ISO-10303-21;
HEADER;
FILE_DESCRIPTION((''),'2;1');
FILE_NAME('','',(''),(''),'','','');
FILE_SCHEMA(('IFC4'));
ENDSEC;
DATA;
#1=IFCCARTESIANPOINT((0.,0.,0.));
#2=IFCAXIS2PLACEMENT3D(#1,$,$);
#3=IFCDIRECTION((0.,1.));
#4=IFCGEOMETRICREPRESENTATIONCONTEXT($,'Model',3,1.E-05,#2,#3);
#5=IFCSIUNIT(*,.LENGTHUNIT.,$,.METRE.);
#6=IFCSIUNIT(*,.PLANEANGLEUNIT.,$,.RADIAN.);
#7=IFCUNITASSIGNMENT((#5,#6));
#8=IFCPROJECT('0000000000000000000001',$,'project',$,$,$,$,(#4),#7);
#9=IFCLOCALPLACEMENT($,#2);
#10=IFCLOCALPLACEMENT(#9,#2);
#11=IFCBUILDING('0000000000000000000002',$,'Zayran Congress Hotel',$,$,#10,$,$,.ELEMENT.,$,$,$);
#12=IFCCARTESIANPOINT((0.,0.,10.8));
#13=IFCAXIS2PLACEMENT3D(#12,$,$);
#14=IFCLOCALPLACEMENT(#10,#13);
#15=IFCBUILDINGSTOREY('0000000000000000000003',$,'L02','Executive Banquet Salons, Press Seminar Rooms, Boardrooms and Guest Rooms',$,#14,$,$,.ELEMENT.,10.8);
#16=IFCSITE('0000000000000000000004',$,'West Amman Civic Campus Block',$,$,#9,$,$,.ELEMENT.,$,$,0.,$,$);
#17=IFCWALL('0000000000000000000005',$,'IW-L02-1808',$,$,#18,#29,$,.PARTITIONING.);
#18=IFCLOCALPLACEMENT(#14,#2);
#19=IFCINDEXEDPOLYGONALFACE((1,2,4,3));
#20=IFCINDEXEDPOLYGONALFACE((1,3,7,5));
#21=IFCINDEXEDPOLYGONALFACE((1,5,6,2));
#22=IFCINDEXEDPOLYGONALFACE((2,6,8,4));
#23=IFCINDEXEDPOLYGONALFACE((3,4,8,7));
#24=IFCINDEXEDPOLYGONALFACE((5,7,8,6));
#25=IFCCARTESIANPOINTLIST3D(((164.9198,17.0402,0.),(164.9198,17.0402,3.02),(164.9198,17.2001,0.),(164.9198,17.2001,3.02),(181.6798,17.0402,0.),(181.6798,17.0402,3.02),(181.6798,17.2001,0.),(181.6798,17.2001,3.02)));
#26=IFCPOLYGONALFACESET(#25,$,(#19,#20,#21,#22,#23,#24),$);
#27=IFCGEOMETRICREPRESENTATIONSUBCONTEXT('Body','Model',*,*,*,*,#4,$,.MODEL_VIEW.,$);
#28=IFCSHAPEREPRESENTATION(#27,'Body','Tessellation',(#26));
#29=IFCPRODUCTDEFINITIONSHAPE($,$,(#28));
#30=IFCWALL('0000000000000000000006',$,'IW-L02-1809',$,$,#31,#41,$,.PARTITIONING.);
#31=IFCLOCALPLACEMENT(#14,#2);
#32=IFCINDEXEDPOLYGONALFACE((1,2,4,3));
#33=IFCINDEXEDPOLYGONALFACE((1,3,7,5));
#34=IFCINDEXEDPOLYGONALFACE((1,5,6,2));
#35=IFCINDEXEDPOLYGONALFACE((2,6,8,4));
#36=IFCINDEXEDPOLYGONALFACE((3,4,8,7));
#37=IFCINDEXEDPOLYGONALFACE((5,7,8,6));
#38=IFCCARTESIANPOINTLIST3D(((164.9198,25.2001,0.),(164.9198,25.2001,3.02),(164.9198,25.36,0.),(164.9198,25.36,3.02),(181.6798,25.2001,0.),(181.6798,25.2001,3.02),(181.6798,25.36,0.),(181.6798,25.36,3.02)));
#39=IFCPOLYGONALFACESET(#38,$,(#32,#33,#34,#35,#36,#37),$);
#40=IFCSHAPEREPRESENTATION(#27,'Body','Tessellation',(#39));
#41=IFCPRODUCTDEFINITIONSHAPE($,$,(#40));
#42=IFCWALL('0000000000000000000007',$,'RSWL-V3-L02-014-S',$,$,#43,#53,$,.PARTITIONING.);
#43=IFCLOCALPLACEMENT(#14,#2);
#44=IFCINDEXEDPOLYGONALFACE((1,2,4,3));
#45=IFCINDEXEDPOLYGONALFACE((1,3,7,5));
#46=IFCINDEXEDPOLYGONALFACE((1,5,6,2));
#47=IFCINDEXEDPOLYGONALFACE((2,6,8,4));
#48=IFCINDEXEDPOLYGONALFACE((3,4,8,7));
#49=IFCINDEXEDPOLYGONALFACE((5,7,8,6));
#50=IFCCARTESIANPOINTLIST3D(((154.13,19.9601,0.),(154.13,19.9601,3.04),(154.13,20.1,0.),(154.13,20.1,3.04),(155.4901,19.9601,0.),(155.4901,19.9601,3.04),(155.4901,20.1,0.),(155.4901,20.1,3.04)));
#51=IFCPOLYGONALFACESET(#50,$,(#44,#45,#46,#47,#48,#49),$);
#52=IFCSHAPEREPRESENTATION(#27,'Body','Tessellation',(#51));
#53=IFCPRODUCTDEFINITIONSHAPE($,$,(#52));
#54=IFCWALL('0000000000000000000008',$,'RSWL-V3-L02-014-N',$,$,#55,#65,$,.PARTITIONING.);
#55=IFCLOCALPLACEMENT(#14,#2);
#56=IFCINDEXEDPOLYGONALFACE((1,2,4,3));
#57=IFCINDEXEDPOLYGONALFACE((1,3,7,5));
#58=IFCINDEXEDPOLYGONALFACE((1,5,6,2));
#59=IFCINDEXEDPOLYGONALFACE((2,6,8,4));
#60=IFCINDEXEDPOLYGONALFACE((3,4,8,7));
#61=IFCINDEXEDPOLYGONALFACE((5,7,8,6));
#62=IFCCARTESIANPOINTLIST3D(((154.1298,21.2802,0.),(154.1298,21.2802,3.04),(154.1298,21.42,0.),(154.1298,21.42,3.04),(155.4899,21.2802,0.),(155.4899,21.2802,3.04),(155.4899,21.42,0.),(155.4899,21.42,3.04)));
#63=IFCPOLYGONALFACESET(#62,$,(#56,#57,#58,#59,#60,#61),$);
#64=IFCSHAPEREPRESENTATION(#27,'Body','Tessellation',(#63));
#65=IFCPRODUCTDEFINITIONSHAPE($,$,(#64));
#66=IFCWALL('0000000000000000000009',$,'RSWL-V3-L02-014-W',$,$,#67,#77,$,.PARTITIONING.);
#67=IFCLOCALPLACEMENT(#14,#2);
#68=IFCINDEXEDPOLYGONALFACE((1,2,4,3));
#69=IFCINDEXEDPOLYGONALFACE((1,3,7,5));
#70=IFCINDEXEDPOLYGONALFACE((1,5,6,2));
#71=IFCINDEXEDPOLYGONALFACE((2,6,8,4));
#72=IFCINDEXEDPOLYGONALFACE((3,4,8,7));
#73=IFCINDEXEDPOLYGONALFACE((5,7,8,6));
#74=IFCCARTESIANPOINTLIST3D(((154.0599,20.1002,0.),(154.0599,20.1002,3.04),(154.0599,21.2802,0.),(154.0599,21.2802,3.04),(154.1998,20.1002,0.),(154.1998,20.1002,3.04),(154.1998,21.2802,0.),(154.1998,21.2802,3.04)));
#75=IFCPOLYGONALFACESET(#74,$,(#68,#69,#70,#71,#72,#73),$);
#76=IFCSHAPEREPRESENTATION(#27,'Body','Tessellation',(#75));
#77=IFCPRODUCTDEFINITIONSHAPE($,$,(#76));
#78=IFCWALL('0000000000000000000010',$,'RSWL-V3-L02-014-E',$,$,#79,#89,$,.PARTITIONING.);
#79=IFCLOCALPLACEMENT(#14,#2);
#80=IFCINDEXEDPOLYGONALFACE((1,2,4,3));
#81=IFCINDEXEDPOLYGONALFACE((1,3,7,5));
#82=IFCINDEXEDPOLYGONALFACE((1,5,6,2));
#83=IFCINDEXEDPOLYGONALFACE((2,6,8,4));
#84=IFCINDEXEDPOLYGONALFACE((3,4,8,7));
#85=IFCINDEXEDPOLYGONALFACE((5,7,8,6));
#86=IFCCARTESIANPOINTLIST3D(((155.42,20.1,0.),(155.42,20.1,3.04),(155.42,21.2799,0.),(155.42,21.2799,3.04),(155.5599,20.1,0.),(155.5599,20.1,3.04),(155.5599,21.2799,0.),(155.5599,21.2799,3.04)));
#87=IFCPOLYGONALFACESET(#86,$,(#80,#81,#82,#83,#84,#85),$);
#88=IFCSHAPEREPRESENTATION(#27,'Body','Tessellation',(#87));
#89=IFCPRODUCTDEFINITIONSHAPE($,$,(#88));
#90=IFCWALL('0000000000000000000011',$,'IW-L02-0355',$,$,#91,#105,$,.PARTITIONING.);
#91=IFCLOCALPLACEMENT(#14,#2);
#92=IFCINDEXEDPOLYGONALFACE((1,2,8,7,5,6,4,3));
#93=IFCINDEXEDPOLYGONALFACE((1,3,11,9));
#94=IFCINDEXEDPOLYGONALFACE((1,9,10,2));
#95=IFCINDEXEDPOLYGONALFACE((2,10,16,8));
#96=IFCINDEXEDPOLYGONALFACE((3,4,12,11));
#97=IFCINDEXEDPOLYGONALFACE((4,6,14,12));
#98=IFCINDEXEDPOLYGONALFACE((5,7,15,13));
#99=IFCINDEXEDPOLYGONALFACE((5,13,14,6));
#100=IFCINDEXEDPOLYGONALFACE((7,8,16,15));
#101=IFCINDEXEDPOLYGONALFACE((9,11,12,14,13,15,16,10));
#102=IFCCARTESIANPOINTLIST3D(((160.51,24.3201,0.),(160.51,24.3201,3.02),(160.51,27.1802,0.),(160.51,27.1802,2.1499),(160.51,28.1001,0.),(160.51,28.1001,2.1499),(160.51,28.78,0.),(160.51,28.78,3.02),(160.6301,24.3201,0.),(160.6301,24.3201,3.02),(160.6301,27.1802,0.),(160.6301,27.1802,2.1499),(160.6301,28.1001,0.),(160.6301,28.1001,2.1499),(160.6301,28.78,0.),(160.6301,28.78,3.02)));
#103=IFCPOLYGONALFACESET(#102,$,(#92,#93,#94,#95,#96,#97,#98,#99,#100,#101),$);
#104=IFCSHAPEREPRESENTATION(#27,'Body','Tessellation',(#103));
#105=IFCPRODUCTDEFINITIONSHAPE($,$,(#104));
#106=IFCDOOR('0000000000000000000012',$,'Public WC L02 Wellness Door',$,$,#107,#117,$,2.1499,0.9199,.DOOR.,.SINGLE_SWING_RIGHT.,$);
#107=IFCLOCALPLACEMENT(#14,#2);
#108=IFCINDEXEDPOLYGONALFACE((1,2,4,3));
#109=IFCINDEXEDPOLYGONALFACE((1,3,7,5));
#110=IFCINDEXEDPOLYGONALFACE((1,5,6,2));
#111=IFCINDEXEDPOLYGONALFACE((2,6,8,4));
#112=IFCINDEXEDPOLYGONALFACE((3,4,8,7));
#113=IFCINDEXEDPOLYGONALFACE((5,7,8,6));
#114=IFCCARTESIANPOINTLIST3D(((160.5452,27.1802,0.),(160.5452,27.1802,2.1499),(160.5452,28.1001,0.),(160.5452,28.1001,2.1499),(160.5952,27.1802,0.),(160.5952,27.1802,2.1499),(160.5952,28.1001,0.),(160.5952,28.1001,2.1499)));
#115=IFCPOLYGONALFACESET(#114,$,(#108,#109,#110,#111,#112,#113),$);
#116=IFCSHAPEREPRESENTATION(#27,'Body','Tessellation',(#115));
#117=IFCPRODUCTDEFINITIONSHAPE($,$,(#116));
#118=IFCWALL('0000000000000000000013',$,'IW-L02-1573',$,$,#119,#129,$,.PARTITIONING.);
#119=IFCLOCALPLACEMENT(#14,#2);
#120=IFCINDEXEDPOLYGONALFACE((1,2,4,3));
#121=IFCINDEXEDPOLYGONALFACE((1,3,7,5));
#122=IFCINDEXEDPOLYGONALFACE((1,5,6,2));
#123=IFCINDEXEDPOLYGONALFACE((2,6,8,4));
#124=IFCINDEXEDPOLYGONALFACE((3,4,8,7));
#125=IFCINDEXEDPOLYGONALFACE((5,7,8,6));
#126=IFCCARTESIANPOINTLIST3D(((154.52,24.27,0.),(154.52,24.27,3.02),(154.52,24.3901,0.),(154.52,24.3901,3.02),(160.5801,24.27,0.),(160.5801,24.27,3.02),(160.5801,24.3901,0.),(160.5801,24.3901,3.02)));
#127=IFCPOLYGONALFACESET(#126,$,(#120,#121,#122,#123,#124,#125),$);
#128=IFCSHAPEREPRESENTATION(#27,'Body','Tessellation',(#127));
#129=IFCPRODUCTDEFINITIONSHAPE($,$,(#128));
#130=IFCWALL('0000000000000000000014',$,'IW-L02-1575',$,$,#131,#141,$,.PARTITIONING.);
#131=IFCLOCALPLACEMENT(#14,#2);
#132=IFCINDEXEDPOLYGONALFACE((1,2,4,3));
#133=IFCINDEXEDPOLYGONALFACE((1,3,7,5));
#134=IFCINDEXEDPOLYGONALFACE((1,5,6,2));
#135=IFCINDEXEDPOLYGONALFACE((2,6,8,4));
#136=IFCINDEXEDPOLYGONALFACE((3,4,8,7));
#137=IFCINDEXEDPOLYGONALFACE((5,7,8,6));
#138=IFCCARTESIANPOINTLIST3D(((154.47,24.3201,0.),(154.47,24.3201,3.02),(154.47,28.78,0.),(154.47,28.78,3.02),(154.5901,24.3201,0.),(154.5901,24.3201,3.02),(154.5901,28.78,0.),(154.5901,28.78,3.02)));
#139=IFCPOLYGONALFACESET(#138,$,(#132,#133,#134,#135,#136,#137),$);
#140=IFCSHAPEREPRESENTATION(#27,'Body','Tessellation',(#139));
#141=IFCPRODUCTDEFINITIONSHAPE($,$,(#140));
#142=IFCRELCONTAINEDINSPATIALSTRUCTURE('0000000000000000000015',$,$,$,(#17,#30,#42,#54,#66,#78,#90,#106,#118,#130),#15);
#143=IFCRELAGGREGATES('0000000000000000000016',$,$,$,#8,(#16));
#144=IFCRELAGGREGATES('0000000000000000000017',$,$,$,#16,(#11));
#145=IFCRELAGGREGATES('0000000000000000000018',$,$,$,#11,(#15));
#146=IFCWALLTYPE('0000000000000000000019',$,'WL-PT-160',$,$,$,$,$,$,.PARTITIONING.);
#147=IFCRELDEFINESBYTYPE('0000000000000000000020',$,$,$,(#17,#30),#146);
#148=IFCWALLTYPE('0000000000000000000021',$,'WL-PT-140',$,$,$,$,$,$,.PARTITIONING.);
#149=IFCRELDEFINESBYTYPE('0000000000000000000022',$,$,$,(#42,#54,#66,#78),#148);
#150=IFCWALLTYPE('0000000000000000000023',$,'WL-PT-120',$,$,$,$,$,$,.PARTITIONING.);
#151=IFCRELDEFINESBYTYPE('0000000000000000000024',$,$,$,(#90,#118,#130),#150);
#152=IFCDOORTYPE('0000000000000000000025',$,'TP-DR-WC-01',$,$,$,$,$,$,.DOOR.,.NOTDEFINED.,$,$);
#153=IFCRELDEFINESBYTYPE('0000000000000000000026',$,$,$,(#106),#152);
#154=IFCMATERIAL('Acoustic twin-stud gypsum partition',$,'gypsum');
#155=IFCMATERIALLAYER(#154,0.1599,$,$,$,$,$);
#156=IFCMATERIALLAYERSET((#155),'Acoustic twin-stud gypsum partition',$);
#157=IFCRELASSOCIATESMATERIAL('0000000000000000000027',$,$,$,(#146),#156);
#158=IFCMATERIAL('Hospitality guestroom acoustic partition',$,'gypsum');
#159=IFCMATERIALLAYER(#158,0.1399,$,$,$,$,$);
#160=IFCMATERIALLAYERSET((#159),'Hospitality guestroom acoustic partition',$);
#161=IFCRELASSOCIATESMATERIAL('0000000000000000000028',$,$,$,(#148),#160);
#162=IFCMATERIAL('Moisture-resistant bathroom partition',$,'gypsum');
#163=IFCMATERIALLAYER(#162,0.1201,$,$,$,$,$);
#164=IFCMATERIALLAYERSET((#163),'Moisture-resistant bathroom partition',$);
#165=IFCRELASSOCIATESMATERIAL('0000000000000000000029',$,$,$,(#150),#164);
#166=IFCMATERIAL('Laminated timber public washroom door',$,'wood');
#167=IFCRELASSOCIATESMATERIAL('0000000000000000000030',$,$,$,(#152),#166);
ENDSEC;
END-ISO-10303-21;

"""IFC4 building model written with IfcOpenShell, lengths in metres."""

from ifc_helpers import new_model, si_unit, direction, frame, frame_2d, origin, place, context, subcontext, project, spatial, rectangle, extrude, material, layer, layer_set, type_object, element, fill, save


model = new_model("IFC4")

# Units and contexts
model_context = context("Model", 3, precision=1e-05, world=origin(), true_north=direction((0.0, 1.0)))
body_context = subcontext(model_context, "Body", "Model", "MODEL_VIEW")
ifc_project = project(units=[si_unit("LENGTHUNIT", "METRE"), si_unit("PLANEANGLEUNIT", "RADIAN")], contexts=[model_context])

# Site, building, storey
site_placement = place(None, origin())
site = spatial("IfcSite", under=ifc_project, at=site_placement, Name="West Amman Civic Campus Block", CompositionType="ELEMENT", RefElevation=0.0)
building_placement = place(site_placement, origin())
building = spatial("IfcBuilding", under=site, at=building_placement, Name="Zayran Congress Hotel", CompositionType="ELEMENT")
storey_placement = place(building_placement, frame((0.0, 0.0, 10.8)))
storey = spatial("IfcBuildingStorey", under=building, at=storey_placement, Name="L02", Description="Executive Banquet Salons, Press Seminar Rooms, Boardrooms and Guest Rooms", CompositionType="ELEMENT", Elevation=10.8)

# Shared definitions
ifc_material_1 = material(Name="Acoustic twin-stud gypsum partition", Category="gypsum")
ifc_layer_1 = layer(ifc_material_1, 0.1599)
ifc_layer_set_1 = layer_set([ifc_layer_1], Name="Acoustic twin-stud gypsum partition")
wall_type_1 = type_object("IfcWallType", Name="WL-PT-160", PredefinedType="PARTITIONING", material=ifc_layer_set_1)

# Walls
for number, where, z_axis, x_axis, name in (
    (1, (164.9199, 17.1201, 0.0), (0.0, 0.0, 1.0), (1.0, 0.0, 0.0), "IW-L02-1808"),
    (2, (164.9199, 25.28, 0.0), (0.0, 0.0, 1.0), (1.0, 0.0, 0.0), "IW-L02-1809"),
):
    element("IfcWall", number, at=place(storey_placement, frame(where, z_axis=z_axis, x_axis=x_axis)), inside=storey, type_object=wall_type_1, Name=name, PredefinedType="PARTITIONING", context=body_context, shape_type="SweptSolid", body=[
        extrude(rectangle(XDim=16.76, YDim=0.1599, at=frame_2d((8.3799, 0.0))), origin(), (0.0, 0.0, 1.0), 3.02),
    ])
ifc_material_2 = material(Name="Hospitality guestroom acoustic partition", Category="gypsum")
ifc_layer_2 = layer(ifc_material_2, 0.1399)
ifc_layer_set_2 = layer_set([ifc_layer_2], Name="Hospitality guestroom acoustic partition")
wall_type_2 = type_object("IfcWallType", Name="WL-PT-140", PredefinedType="PARTITIONING", material=ifc_layer_set_2)
for number, where, z_axis, x_axis, name in (
    (3, (154.1299, 20.03, 0.0), (0.0, 0.0, 1.0), (1.0, 0.0, 0.0), "RSWL-V3-L02-014-S"),
    (4, (155.49, 21.3501, 0.0), (0.0, 0.0, 1.0), (-1.0, 0.0, 0.0), "RSWL-V3-L02-014-N"),
):
    element("IfcWall", number, at=place(storey_placement, frame(where, z_axis=z_axis, x_axis=x_axis)), inside=storey, type_object=wall_type_2, Name=name, PredefinedType="PARTITIONING", context=body_context, shape_type="SweptSolid", body=[
        extrude(rectangle(XDim=1.3601, YDim=0.1399, at=frame_2d((0.6802, 0.0))), origin(), (0.0, 0.0, 1.0), 3.04),
    ])
for number, where, z_axis, x_axis, name in (
    (5, (154.1299, 21.28, 0.0), (0.0, 0.0, 1.0), (0.0, -1.0, 0.0), "RSWL-V3-L02-014-W"),
    (6, (155.49, 20.1001, 0.0), (0.0, 0.0, 1.0), (0.0, 1.0, 0.0), "RSWL-V3-L02-014-E"),
):
    element("IfcWall", number, at=place(storey_placement, frame(where, z_axis=z_axis, x_axis=x_axis)), inside=storey, type_object=wall_type_2, Name=name, PredefinedType="PARTITIONING", context=body_context, shape_type="SweptSolid", body=[
        extrude(rectangle(XDim=1.1799, YDim=0.1399, at=frame_2d((0.5898, 0.0))), origin(), (0.0, 0.0, 1.0), 3.04),
    ])

# Wall, opening, door
ifc_material_3 = material(Name="Moisture-resistant bathroom partition", Category="gypsum")
ifc_layer_3 = layer(ifc_material_3, 0.1201)
ifc_layer_set_3 = layer_set([ifc_layer_3], Name="Moisture-resistant bathroom partition")
wall_type_3 = type_object("IfcWallType", Name="WL-PT-120", PredefinedType="PARTITIONING", material=ifc_layer_set_3)
wall_1_placement = place(storey_placement, frame((160.5701, 24.3201, 0.0), z_axis=(0.0, 0.0, 1.0), x_axis=(0.0, 1.0, 0.0)))
wall_1 = element("IfcWall", 7, at=wall_1_placement, inside=storey, type_object=wall_type_3, Name="IW-L02-0355", PredefinedType="PARTITIONING", context=body_context, shape_type="SweptSolid", body=[
    extrude(rectangle(XDim=4.46, YDim=0.1201, at=frame_2d((2.23, 0.0))), origin(), (0.0, 0.0, 1.0), 3.02),
])
opening_1_placement = place(wall_1_placement, frame((2.8601, 0.0, 0.0)))
opening_1 = element("IfcOpeningElement", 8, at=opening_1_placement, cuts=wall_1, PredefinedType="OPENING", context=body_context, shape_type="SweptSolid", body=[
    extrude(rectangle(XDim=0.9199, YDim=2.1499, at=frame_2d((0.46, 1.075))), frame((0.0, 0.0701, 0.0), z_axis=(0.0, -1.0, 0.0), x_axis=(1.0, 0.0, 0.0)), (0.0, 0.0, 1.0), 0.1401),
])
ifc_material_4 = material(Name="Laminated timber public washroom door", Category="wood")
door_type_1 = type_object("IfcDoorType", Name="TP-DR-WC-01", OperationType="NOTDEFINED", PredefinedType="DOOR", material=ifc_material_4)
door_1_placement = place(opening_1_placement, origin())
door_1 = element("IfcDoor", 9, at=door_1_placement, inside=storey, type_object=door_type_1, Name="Public WC L02 Wellness Door", OperationType="SINGLE_SWING_RIGHT", OverallHeight=2.1499, OverallWidth=0.9199, PredefinedType="DOOR", context=body_context, shape_type="SweptSolid", body=[
    extrude(rectangle(XDim=0.9199, YDim=2.1499, at=frame_2d((0.46, 1.075))), frame((0.0, 0.0249, 0.0), z_axis=(0.0, -1.0, 0.0), x_axis=(1.0, 0.0, 0.0)), (0.0, 0.0, 1.0), 0.05),
])
fill(opening_1, door_1)

# Walls
wall_2_placement = place(storey_placement, frame((154.52, 24.3301, 0.0), z_axis=(0.0, 0.0, 1.0), x_axis=(1.0, 0.0, 0.0)))
element("IfcWall", 10, at=wall_2_placement, inside=storey, type_object=wall_type_3, Name="IW-L02-1573", PredefinedType="PARTITIONING", context=body_context, shape_type="SweptSolid", body=[
    extrude(rectangle(XDim=6.0601, YDim=0.1201, at=frame_2d((3.03, 0.0))), origin(), (0.0, 0.0, 1.0), 3.02),
])
wall_3_placement = place(storey_placement, frame((154.53, 24.3201, 0.0), z_axis=(0.0, 0.0, 1.0), x_axis=(0.0, 1.0, 0.0)))
element("IfcWall", 11, at=wall_3_placement, inside=storey, type_object=wall_type_3, Name="IW-L02-1575", PredefinedType="PARTITIONING", context=body_context, shape_type="SweptSolid", body=[
    extrude(rectangle(XDim=4.46, YDim=0.1201, at=frame_2d((2.23, 0.0))), origin(), (0.0, 0.0, 1.0), 3.02),
])

save(model, "model.ifc")
